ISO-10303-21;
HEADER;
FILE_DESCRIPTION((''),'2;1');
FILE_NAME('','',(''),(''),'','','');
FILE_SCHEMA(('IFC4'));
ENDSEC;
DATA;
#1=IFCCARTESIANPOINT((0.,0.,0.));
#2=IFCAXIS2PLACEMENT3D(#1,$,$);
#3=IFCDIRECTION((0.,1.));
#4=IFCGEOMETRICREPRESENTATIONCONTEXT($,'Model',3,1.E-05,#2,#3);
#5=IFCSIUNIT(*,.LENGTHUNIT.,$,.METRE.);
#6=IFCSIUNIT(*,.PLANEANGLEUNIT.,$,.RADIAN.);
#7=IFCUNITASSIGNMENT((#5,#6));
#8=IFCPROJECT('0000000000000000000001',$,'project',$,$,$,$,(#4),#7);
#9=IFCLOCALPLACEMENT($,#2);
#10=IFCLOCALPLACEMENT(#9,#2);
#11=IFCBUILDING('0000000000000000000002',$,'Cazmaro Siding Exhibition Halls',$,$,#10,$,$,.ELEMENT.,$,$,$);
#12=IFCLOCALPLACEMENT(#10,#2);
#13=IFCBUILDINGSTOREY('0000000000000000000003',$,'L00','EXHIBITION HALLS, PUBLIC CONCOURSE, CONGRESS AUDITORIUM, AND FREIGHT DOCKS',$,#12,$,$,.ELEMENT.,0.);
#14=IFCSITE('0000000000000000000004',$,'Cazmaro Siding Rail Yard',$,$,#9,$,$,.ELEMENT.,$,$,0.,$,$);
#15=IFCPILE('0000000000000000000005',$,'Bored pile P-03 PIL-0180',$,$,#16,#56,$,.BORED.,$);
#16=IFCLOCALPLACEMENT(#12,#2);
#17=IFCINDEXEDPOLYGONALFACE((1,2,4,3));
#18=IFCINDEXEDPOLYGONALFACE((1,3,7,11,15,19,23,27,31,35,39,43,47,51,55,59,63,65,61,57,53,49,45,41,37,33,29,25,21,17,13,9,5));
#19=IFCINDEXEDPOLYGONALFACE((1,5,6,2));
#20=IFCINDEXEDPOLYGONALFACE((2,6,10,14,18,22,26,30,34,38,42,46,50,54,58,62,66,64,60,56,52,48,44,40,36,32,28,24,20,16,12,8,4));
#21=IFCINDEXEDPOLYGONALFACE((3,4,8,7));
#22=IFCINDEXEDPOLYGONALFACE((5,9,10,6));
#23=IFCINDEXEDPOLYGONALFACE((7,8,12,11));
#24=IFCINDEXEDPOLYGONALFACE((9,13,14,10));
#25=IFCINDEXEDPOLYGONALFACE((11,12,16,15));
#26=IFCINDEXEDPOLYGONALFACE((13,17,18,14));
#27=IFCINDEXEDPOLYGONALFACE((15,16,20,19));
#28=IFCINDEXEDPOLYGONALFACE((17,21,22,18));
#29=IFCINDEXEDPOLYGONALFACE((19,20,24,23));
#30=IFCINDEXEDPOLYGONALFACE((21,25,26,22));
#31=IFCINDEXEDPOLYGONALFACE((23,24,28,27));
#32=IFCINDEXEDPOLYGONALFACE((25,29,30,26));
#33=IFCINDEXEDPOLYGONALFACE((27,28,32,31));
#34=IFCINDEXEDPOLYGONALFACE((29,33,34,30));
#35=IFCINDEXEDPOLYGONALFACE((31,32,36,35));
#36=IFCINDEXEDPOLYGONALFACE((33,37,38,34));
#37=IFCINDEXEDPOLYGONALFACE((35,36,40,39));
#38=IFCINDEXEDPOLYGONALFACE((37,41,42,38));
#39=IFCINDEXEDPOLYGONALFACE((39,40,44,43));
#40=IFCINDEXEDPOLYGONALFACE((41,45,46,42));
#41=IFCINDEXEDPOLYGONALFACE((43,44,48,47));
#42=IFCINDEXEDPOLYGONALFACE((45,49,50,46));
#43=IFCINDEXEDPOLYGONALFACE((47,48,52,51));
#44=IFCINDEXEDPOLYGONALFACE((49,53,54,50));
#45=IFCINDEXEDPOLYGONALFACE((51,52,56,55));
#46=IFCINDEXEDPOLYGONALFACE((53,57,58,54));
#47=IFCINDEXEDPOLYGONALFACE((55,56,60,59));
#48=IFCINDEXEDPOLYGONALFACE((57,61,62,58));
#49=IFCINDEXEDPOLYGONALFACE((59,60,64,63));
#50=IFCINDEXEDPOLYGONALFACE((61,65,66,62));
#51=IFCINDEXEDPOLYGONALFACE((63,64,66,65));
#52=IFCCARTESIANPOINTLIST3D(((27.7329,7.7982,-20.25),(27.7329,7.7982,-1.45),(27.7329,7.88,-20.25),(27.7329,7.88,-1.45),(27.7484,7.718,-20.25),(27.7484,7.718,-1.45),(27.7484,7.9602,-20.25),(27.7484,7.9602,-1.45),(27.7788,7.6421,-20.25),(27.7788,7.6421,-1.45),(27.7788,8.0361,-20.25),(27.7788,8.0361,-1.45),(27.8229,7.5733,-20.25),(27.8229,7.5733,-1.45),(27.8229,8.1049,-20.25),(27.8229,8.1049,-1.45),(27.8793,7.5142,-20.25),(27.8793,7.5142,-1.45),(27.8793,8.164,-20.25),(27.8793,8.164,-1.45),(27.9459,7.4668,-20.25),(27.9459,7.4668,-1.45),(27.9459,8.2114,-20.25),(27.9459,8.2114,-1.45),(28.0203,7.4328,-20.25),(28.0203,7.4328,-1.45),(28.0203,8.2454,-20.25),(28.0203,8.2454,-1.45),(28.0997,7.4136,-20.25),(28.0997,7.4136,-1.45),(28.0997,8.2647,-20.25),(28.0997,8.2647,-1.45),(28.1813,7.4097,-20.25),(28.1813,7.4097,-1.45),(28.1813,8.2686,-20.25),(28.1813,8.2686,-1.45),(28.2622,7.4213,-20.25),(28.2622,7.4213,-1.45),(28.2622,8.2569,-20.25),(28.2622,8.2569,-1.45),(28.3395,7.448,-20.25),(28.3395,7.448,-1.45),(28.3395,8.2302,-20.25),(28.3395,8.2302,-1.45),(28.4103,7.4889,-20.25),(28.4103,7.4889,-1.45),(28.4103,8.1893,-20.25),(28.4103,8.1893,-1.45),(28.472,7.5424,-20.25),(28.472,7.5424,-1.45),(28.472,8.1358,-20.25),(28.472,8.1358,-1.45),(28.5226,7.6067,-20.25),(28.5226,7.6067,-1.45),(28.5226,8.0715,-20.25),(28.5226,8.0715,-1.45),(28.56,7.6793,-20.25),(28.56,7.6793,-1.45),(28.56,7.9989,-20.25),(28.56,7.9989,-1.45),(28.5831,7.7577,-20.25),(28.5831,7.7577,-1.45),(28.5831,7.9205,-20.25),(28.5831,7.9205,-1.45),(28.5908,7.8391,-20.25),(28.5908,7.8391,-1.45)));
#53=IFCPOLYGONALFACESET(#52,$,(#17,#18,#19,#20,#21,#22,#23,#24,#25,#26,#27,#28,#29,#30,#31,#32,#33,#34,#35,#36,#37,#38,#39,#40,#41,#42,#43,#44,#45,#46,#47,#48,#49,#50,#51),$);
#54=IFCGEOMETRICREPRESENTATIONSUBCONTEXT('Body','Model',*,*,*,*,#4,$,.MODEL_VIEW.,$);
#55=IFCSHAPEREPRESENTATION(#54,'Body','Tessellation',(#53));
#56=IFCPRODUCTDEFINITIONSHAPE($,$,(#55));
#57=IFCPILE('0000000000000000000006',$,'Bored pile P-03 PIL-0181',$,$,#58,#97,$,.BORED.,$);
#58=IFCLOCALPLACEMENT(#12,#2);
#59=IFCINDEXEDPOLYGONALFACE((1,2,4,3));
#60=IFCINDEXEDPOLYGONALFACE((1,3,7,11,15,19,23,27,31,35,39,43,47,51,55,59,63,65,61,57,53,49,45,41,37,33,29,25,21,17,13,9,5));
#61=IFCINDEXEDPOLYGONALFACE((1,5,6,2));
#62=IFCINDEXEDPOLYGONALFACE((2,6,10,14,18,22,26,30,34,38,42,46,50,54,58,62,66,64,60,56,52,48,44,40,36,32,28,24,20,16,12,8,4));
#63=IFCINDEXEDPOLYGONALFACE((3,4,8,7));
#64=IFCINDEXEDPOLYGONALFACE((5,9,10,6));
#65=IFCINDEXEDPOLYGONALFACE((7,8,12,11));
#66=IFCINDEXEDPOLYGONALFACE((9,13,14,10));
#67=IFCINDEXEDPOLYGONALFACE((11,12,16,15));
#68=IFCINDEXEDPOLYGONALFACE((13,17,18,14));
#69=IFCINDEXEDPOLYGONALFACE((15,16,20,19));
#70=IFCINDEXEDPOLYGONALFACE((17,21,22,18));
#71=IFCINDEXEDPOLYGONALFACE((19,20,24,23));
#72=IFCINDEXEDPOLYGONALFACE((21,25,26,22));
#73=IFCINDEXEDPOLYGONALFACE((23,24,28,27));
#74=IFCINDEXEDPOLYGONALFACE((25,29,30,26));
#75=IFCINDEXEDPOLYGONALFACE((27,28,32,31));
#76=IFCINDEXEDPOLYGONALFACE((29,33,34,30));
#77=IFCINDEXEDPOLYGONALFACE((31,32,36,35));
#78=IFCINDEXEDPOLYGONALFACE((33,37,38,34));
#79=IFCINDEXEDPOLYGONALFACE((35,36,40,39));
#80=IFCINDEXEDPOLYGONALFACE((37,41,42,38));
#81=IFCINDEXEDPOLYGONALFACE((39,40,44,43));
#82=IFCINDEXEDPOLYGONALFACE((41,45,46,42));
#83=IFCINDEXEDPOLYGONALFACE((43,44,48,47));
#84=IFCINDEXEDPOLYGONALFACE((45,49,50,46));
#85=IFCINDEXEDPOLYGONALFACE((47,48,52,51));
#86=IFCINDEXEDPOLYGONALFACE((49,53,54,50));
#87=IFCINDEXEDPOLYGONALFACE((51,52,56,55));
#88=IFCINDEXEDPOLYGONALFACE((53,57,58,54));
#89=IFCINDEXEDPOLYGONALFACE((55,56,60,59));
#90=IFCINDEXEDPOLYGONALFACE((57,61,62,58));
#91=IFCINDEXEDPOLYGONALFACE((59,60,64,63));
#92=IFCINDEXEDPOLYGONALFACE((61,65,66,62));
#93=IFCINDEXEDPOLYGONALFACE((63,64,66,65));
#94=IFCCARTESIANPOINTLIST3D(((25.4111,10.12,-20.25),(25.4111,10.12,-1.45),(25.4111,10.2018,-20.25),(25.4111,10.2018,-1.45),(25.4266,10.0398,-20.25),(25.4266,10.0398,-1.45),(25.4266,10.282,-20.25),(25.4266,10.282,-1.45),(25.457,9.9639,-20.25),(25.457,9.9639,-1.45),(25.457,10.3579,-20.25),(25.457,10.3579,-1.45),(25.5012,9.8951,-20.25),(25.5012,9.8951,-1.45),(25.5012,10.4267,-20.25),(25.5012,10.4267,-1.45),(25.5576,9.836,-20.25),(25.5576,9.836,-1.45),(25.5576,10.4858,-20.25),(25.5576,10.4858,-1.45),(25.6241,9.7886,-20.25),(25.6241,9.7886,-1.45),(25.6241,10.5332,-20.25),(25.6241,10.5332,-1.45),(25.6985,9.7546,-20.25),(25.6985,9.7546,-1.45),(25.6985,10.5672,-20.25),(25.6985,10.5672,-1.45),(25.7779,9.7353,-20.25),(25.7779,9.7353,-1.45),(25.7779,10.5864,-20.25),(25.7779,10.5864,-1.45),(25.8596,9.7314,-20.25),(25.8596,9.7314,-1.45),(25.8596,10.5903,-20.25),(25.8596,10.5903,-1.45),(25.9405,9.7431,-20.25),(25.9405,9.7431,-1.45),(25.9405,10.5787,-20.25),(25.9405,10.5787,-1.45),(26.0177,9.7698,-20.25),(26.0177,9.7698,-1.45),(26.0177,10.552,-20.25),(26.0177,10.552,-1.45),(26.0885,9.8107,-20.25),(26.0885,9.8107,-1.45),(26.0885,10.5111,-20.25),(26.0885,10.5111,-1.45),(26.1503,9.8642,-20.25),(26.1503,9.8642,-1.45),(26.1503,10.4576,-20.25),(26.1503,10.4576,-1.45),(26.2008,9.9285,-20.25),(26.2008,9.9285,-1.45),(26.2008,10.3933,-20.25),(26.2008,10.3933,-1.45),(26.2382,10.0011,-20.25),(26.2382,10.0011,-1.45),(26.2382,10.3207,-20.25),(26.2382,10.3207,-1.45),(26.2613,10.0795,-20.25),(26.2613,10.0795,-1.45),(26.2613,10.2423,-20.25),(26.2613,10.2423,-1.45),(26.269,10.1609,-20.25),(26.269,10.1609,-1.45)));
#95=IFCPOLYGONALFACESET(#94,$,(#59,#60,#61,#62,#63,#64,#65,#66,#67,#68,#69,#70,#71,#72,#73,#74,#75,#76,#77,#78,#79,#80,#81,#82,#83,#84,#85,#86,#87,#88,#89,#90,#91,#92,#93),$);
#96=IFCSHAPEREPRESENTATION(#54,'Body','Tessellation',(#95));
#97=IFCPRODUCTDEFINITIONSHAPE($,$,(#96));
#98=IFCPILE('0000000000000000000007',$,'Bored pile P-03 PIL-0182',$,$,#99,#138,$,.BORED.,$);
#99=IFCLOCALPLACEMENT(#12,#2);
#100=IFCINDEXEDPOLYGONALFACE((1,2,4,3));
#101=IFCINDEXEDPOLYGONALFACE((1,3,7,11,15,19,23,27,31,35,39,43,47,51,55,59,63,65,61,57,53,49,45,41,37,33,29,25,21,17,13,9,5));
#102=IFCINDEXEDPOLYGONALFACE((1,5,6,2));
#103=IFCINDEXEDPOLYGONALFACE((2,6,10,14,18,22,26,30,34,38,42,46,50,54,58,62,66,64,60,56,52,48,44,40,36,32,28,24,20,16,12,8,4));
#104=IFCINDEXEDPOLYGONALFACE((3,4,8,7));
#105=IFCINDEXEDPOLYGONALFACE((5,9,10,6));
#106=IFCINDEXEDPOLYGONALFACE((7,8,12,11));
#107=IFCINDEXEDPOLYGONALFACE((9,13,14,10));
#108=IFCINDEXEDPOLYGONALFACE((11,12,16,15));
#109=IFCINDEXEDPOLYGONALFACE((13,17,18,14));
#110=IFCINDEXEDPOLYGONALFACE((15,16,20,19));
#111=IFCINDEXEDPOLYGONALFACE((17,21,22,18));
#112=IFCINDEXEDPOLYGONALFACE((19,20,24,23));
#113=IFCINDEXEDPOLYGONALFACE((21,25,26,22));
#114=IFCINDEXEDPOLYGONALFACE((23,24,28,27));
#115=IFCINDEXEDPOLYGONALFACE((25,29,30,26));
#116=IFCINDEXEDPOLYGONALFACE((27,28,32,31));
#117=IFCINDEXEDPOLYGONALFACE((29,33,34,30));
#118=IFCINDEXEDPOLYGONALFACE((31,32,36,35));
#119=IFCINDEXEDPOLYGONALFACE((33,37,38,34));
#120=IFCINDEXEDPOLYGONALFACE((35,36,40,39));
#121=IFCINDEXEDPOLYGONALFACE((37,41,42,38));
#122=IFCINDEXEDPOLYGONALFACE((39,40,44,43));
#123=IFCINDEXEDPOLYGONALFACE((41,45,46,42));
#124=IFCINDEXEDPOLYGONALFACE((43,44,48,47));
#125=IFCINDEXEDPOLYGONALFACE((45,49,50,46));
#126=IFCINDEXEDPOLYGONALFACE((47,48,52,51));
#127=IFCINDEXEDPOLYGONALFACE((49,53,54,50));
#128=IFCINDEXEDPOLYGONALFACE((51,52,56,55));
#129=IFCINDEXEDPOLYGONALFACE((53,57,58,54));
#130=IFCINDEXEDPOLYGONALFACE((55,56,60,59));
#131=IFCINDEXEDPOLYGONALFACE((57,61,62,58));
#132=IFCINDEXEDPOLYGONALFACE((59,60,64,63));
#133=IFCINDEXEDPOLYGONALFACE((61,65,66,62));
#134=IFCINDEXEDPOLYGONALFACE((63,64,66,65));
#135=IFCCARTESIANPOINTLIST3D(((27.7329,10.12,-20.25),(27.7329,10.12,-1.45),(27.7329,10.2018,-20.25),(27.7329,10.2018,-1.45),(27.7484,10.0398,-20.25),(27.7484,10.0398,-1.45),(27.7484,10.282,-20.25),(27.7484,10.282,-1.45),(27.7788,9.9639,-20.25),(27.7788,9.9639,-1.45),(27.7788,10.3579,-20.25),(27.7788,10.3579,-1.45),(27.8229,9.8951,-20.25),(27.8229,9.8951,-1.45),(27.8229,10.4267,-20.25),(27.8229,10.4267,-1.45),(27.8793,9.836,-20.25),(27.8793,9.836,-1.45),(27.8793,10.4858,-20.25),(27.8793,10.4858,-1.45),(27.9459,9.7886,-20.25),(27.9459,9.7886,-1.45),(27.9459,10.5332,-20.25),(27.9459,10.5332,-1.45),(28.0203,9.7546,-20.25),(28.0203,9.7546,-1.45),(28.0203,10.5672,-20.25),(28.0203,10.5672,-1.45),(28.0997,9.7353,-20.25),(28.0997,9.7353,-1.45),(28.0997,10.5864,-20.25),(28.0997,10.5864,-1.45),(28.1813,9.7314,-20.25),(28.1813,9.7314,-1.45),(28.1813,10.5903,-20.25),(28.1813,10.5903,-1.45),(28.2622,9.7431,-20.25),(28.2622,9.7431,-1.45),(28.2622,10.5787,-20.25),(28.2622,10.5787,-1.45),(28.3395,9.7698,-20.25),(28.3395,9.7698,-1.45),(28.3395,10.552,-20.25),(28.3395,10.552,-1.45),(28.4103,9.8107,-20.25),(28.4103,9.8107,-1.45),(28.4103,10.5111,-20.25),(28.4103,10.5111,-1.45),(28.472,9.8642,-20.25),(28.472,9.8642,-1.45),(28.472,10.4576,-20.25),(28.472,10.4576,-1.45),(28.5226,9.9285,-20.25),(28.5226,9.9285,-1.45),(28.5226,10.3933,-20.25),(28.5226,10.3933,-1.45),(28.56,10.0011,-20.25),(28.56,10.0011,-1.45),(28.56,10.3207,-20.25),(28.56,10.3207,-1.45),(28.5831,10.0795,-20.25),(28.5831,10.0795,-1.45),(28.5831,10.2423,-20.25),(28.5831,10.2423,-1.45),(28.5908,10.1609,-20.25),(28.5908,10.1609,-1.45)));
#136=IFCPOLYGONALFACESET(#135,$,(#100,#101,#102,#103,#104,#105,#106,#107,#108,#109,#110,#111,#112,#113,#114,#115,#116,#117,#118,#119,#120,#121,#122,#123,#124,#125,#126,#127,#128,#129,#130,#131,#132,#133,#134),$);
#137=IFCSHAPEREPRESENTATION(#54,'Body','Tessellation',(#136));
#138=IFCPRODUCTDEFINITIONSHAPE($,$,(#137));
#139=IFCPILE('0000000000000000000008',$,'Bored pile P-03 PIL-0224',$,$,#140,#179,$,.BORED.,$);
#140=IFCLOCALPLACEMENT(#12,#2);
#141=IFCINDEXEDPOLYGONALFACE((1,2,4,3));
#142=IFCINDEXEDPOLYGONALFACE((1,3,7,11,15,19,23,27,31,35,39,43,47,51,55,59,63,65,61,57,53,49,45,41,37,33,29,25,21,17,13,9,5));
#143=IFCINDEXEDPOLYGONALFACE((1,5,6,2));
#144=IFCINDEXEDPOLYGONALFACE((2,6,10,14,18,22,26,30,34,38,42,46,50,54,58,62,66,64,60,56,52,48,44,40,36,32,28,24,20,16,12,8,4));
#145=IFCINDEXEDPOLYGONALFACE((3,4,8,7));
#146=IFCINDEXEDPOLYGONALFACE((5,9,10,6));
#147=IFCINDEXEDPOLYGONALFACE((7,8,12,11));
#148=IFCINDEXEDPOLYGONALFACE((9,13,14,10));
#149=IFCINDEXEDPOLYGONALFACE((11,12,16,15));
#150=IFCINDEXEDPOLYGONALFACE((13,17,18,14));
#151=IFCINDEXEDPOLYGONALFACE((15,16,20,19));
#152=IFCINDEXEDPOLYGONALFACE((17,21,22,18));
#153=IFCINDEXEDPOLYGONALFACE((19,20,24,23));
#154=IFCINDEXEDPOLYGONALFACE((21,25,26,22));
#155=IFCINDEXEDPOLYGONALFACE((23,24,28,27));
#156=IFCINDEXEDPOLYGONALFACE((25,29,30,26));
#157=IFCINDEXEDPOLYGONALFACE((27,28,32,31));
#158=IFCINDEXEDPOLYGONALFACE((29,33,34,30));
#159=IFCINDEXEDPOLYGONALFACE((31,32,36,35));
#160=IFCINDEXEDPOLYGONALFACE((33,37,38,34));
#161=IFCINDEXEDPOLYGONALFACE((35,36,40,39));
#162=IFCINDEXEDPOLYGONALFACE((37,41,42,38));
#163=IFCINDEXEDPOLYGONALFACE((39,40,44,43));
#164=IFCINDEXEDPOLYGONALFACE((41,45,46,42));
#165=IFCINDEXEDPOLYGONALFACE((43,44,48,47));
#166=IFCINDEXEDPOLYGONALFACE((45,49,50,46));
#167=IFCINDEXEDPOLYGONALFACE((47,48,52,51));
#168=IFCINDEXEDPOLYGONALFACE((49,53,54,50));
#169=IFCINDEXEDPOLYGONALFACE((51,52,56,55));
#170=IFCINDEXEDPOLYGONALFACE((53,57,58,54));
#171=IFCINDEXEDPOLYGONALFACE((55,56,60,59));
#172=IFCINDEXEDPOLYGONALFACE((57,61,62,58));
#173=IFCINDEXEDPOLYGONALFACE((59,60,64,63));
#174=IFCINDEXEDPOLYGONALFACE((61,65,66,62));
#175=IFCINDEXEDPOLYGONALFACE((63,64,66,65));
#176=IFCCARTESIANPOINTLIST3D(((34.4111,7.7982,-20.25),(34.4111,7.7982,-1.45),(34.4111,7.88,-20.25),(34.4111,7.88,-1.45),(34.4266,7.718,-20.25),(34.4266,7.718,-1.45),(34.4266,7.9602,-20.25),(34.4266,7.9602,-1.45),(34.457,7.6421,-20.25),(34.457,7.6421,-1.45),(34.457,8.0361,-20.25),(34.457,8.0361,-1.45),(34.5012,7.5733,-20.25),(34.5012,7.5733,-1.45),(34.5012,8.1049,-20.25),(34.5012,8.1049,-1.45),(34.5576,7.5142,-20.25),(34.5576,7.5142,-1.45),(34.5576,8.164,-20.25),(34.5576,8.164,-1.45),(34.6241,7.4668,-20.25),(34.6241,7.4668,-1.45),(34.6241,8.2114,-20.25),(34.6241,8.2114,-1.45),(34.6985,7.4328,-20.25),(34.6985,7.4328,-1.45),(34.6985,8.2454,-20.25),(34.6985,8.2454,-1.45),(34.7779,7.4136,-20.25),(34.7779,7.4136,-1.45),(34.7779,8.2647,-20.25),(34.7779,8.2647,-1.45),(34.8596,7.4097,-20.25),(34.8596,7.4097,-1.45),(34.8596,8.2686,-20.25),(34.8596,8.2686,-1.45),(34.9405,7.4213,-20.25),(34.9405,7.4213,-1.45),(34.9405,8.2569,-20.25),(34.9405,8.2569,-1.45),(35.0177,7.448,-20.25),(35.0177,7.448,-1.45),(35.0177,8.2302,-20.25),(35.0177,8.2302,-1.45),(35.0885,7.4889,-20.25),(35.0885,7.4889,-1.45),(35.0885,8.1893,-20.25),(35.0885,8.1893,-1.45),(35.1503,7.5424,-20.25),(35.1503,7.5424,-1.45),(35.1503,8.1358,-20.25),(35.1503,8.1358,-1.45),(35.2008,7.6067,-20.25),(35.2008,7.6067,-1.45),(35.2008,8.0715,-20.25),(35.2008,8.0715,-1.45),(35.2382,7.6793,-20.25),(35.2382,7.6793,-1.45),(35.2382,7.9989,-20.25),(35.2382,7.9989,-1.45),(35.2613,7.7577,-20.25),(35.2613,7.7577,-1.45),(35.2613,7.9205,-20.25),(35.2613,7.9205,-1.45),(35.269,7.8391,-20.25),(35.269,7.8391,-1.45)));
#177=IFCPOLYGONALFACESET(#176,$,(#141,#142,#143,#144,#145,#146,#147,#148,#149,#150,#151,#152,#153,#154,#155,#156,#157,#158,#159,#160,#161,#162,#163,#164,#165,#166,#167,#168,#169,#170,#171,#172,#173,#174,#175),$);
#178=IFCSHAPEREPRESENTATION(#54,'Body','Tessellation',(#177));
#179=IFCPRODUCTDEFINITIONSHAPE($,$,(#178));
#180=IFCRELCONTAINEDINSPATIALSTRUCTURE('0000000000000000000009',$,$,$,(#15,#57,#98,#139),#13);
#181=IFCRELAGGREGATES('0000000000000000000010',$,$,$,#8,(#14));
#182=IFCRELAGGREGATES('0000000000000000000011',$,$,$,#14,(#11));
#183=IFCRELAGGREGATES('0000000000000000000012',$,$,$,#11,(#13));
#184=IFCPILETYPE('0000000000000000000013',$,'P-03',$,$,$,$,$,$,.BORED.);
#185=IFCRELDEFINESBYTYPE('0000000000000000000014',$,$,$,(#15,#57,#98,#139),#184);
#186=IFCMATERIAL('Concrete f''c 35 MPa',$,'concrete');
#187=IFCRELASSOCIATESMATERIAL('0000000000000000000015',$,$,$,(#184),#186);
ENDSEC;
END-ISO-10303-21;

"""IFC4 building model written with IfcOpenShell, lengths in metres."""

from ifc_helpers import new_model, si_unit, direction, frame, origin, origin_2d, place, context, subcontext, project, spatial, circle, extrude, material, material_profile, profile_set, type_object, element, save


model = new_model("IFC4")

# Units and contexts
model_context = context("Model", 3, precision=1e-05, world=origin(), true_north=direction((0.0, 1.0)))
body_context = subcontext(model_context, "Body", "Model", "MODEL_VIEW")
ifc_project = project(units=[si_unit("LENGTHUNIT", "METRE"), si_unit("PLANEANGLEUNIT", "RADIAN")], contexts=[model_context])

# Site, building, storey
site_placement = place(None, origin())
site = spatial("IfcSite", under=ifc_project, at=site_placement, Name="Cazmaro Siding Rail Yard", CompositionType="ELEMENT", RefElevation=0.0)
building_placement = place(site_placement, origin())
building = spatial("IfcBuilding", under=site, at=building_placement, Name="Cazmaro Siding Exhibition Halls", CompositionType="ELEMENT")
storey_placement = place(building_placement, origin())
storey = spatial("IfcBuildingStorey", under=building, at=storey_placement, Name="L00", Description="EXHIBITION HALLS, PUBLIC CONCOURSE, CONGRESS AUDITORIUM, AND FREIGHT DOCKS", CompositionType="ELEMENT", Elevation=0.0)

# Piles
ifc_material_1 = material(Name="Concrete f'c 35 MPa", Category="concrete")
ifc_material_profile_1 = material_profile(ifc_material_1, circle(Radius=0.4299, at=origin_2d()), Name="CIDH-860")
ifc_profile_set_1 = profile_set([ifc_material_profile_1], Name="Concrete f'c 35 MPa")
pile_type = type_object("IfcPileType", Name="P-03", PredefinedType="BORED", material=ifc_profile_set_1)
for number, where, z_axis, x_axis, name in (
    (1, (28.1609, 7.8391, -1.45), (0.0, 0.0, -1.0), (1.0, 0.0, 0.0), "Bored pile P-03 PIL-0180"),
    (2, (25.8391, 10.1609, -1.45), (0.0, 0.0, -1.0), (1.0, 0.0, 0.0), "Bored pile P-03 PIL-0181"),
    (3, (28.1609, 10.1609, -1.45), (0.0, 0.0, -1.0), (1.0, 0.0, 0.0), "Bored pile P-03 PIL-0182"),
    (4, (34.8391, 7.8391, -1.45), (0.0, 0.0, -1.0), (1.0, 0.0, 0.0), "Bored pile P-03 PIL-0224"),
):
    element("IfcPile", number, at=place(storey_placement, frame(where, z_axis=z_axis, x_axis=x_axis)), inside=storey, type_object=pile_type, Name=name, PredefinedType="BORED", context=body_context, shape_type="SweptSolid", body=[
        extrude(circle(Radius=0.4299, at=origin_2d()), origin(), (0.0, 0.0, 1.0), 18.8),
    ])

save(model, "model.ifc")
